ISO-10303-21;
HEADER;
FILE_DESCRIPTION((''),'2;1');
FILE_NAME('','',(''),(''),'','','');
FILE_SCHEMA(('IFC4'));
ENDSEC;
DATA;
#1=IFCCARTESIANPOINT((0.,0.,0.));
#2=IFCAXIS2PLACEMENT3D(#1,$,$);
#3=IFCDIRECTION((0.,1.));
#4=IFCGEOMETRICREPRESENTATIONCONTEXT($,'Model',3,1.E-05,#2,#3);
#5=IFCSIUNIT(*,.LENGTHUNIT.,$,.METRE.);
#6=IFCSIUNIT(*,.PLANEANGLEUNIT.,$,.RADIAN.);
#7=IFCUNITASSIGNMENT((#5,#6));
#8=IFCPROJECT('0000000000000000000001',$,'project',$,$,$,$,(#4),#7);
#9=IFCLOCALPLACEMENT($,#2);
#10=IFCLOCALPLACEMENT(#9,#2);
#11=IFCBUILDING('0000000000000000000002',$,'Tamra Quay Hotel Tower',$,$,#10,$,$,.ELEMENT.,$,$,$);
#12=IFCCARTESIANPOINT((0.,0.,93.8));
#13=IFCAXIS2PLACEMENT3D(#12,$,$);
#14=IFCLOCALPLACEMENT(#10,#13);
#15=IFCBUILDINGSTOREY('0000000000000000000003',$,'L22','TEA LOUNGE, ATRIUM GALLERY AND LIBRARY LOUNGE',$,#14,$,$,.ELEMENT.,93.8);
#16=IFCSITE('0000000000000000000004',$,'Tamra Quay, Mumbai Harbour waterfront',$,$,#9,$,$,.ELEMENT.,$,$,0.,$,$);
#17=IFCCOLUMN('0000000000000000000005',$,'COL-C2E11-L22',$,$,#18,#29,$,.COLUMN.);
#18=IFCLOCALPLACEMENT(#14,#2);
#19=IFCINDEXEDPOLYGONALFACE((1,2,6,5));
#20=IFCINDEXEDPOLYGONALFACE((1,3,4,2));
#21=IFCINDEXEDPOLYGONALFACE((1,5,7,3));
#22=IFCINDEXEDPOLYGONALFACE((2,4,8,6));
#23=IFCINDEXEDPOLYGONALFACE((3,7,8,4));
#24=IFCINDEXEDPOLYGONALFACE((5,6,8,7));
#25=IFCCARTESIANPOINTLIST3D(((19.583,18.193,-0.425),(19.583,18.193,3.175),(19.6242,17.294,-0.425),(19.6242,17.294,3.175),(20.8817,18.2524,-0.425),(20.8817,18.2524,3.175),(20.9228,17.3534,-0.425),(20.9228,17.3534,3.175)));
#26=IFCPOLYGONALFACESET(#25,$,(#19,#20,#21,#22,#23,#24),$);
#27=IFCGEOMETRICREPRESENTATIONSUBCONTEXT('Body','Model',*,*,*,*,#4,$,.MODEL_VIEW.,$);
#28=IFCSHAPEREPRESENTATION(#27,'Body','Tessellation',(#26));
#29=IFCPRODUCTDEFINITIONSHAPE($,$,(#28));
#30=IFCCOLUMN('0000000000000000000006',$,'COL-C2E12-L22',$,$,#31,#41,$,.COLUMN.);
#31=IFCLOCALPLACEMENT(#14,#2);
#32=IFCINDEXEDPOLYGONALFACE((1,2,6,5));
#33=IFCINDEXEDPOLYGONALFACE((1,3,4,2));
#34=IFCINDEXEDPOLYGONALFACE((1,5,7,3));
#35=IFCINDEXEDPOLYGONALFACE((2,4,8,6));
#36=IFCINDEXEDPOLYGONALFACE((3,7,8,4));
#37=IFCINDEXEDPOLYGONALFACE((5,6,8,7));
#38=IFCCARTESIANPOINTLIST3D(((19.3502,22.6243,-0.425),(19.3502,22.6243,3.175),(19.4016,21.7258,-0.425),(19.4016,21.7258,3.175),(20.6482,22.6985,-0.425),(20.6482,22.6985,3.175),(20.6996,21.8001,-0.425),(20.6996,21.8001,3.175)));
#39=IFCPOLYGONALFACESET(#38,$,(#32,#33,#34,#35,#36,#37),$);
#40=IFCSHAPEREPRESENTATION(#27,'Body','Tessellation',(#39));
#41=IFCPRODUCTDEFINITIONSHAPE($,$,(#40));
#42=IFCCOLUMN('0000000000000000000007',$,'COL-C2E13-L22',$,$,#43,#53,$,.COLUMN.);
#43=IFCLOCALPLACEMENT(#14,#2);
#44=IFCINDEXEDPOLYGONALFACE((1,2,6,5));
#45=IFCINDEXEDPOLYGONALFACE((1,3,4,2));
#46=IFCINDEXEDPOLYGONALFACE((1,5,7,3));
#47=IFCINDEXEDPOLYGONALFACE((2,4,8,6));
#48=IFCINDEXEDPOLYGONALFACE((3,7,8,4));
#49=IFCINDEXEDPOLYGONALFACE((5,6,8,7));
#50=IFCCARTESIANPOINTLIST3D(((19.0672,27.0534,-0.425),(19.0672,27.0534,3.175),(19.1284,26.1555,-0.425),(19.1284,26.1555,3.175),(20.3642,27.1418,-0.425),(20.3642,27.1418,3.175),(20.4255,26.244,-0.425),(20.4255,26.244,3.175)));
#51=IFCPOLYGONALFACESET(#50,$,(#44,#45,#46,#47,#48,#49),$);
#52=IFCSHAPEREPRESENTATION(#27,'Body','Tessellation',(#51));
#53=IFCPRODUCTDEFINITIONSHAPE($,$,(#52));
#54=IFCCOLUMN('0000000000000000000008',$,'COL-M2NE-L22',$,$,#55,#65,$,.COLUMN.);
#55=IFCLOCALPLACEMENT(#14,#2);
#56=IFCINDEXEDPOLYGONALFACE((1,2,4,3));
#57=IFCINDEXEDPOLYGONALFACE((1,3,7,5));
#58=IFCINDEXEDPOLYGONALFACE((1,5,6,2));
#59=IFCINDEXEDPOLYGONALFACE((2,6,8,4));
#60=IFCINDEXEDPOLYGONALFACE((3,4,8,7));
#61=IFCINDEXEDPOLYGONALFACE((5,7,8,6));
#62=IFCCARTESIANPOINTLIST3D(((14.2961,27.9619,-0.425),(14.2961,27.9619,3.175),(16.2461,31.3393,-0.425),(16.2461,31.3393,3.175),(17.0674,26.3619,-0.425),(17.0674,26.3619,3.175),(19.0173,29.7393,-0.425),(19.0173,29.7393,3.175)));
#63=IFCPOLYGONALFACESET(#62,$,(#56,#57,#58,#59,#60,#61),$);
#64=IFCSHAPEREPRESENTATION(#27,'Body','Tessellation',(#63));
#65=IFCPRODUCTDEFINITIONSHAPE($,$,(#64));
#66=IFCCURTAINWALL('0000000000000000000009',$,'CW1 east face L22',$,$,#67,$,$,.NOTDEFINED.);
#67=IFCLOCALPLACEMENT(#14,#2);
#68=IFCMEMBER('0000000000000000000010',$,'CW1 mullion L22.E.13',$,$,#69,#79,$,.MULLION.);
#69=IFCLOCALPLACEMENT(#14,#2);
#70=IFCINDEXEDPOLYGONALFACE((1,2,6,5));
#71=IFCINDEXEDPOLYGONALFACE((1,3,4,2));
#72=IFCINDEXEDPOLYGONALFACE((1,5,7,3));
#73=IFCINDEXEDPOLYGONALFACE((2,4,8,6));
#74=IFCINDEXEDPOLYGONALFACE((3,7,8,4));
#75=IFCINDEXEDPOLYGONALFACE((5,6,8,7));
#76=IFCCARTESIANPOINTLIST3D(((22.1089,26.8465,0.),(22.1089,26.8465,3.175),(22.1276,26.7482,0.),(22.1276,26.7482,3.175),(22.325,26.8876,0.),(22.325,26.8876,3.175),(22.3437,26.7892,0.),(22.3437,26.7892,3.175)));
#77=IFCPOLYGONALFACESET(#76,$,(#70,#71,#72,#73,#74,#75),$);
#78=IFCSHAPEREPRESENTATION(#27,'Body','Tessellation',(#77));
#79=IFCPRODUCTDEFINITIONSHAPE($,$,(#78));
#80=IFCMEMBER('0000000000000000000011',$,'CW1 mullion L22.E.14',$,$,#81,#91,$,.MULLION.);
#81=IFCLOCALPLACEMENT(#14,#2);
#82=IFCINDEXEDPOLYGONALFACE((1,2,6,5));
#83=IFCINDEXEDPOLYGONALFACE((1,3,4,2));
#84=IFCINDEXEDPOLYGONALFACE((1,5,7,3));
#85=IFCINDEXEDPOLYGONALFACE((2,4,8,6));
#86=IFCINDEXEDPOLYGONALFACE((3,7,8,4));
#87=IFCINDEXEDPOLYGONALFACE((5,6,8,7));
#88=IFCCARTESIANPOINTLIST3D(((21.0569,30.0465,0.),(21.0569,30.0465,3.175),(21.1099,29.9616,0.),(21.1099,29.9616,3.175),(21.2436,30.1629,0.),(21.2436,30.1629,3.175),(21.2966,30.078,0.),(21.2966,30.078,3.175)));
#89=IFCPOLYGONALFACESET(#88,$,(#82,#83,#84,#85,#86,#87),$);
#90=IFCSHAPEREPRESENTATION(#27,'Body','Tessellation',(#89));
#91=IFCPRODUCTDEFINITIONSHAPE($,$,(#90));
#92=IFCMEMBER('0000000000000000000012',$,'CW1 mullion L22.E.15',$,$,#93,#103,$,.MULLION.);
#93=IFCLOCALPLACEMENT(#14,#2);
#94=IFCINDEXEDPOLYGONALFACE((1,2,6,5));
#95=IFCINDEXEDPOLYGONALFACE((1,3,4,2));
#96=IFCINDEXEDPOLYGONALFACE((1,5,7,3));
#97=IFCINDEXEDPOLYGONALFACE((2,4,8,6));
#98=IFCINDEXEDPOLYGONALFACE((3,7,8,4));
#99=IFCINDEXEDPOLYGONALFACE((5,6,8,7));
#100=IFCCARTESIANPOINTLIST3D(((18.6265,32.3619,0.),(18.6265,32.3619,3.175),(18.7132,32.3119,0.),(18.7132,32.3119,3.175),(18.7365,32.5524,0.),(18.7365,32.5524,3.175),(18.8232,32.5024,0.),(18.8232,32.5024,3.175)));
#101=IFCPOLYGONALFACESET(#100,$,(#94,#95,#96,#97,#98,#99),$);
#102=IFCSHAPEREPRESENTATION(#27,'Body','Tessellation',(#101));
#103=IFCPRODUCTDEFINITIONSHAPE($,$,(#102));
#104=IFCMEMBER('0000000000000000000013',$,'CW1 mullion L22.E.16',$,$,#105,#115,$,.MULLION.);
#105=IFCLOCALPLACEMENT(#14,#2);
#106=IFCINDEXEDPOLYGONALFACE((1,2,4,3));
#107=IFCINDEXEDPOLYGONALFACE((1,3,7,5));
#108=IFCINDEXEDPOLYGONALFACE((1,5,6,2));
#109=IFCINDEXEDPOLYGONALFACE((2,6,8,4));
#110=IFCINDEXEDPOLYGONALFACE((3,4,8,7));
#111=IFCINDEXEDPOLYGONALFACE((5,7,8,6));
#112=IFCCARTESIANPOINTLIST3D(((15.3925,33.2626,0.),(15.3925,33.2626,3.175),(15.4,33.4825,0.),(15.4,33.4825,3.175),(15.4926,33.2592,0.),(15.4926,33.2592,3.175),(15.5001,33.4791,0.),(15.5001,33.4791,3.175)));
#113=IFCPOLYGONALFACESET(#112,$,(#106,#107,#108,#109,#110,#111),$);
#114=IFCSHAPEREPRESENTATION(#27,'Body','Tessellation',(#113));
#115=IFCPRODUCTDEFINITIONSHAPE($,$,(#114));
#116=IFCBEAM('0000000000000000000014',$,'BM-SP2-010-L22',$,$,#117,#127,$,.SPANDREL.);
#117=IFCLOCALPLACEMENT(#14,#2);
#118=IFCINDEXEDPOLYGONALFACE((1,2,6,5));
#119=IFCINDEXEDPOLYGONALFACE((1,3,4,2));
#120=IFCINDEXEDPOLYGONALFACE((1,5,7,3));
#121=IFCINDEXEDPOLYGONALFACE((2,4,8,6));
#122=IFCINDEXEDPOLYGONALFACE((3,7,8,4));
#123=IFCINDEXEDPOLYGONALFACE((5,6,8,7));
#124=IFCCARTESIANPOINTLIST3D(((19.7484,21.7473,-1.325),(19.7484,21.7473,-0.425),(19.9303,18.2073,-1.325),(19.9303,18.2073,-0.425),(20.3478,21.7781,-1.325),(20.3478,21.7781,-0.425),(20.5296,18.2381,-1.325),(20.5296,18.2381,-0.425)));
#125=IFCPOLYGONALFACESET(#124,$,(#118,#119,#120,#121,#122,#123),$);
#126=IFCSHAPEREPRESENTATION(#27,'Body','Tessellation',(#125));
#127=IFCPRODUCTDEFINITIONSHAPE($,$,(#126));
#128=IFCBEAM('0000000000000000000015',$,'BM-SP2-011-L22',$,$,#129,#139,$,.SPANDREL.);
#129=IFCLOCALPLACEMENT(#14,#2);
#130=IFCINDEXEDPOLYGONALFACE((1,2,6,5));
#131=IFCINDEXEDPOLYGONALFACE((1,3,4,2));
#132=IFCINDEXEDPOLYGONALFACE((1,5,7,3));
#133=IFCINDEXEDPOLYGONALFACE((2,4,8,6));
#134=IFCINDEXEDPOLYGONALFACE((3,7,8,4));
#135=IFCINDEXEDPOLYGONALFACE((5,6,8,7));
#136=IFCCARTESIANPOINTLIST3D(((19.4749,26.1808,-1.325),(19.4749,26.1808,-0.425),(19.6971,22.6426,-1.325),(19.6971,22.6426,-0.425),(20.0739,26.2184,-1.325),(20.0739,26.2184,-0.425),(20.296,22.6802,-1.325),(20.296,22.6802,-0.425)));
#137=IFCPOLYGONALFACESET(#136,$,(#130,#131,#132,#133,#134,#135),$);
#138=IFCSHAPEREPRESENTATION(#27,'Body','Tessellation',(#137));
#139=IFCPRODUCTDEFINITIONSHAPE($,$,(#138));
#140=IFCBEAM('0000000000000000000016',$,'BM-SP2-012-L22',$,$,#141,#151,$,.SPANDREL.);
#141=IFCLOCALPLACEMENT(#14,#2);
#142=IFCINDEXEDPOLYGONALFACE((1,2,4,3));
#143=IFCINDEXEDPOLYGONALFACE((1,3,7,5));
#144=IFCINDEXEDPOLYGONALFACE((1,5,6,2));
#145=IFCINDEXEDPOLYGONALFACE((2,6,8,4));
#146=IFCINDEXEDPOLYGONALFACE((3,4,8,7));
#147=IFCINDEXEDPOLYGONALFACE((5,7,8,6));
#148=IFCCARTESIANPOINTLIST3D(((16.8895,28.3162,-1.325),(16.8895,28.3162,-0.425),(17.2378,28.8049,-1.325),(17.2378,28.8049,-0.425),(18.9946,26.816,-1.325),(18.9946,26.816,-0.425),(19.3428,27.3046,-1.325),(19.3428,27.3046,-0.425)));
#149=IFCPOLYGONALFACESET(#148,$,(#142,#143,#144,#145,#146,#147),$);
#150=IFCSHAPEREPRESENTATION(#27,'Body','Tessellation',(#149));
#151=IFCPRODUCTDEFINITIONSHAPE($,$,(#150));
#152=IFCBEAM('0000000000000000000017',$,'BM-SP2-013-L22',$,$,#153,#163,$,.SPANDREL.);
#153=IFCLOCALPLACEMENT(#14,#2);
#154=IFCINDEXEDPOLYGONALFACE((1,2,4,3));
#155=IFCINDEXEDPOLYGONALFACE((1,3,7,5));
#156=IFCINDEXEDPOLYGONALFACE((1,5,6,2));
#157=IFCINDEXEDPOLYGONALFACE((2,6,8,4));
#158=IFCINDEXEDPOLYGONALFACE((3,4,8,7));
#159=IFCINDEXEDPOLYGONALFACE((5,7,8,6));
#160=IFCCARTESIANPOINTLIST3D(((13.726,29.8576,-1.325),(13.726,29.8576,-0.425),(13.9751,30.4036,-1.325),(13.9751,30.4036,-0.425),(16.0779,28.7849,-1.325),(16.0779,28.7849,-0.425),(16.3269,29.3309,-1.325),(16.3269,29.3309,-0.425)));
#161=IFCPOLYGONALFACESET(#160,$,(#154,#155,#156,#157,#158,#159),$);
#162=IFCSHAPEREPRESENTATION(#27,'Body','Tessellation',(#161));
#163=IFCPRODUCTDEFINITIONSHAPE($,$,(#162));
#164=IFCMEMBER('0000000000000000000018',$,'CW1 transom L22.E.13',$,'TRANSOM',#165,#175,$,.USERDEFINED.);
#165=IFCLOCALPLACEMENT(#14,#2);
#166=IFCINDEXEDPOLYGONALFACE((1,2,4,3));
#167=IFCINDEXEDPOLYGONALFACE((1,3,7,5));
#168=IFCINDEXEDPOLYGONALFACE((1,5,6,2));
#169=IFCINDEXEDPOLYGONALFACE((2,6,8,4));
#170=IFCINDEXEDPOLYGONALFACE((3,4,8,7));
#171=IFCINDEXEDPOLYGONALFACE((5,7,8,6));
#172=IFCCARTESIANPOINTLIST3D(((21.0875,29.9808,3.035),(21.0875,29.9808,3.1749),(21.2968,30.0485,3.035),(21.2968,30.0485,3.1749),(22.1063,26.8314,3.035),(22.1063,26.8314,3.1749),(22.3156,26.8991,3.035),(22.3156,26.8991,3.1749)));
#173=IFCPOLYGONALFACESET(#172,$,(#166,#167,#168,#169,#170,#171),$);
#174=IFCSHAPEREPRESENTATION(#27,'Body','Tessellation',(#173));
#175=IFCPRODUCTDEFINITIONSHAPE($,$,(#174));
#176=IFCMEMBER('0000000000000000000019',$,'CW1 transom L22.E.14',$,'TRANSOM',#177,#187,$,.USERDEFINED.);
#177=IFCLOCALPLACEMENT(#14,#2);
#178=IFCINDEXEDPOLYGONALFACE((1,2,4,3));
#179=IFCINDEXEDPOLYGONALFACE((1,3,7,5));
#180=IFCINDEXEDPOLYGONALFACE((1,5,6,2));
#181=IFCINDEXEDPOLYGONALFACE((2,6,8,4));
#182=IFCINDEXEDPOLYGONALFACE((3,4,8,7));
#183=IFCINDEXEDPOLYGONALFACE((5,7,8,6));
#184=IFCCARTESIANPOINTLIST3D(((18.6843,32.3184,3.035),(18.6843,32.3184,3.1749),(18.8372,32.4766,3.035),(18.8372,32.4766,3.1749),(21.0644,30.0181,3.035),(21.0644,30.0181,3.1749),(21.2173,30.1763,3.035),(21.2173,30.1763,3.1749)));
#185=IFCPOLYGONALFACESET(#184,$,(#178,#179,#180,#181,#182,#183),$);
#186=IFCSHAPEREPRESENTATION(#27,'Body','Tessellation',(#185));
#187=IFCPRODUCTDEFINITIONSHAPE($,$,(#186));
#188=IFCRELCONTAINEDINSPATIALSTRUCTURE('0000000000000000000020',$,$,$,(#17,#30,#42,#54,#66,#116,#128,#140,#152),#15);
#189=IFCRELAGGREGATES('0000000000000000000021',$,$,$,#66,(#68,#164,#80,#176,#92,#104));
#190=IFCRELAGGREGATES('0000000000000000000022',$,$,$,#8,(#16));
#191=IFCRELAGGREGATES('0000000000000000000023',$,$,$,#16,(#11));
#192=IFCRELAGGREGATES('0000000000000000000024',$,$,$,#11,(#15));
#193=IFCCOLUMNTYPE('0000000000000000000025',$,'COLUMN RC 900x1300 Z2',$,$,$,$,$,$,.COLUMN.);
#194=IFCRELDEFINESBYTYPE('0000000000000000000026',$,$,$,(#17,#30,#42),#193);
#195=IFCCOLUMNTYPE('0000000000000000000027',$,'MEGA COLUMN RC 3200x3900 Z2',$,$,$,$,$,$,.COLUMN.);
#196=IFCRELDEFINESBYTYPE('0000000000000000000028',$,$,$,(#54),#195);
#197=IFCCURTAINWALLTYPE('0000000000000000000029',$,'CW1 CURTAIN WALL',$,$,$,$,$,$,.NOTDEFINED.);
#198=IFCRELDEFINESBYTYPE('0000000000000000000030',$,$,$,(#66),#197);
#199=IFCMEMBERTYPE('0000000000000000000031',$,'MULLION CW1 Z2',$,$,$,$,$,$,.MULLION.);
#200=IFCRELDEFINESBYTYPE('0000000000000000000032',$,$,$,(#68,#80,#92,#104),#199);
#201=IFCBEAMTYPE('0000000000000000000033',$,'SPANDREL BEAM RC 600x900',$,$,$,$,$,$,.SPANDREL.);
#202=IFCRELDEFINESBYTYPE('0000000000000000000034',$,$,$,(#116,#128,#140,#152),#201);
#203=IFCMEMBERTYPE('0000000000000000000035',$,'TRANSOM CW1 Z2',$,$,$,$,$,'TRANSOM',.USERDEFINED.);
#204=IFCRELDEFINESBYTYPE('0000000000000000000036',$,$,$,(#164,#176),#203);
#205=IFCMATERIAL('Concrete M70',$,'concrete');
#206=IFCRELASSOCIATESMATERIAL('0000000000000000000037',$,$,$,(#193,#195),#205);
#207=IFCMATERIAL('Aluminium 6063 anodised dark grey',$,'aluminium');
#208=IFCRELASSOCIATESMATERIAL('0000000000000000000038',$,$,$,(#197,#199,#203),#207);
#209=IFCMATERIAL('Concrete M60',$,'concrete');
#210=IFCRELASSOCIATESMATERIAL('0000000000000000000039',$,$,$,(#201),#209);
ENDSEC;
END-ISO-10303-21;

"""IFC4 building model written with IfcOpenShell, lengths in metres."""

from ifc_helpers import new_model, si_unit, direction, frame, origin, origin_2d, place, context, subcontext, project, spatial, rectangle, extrude, material, material_profile, profile_set, type_object, element, aggregate, save


model = new_model("IFC4")

# Units and contexts
model_context = context("Model", 3, precision=1e-05, world=origin(), true_north=direction((0.0, 1.0)))
body_context = subcontext(model_context, "Body", "Model", "MODEL_VIEW")
ifc_project = project(units=[si_unit("LENGTHUNIT", "METRE"), si_unit("PLANEANGLEUNIT", "RADIAN")], contexts=[model_context])

# Site, building, storey
site_placement = place(None, origin())
site = spatial("IfcSite", under=ifc_project, at=site_placement, Name="Tamra Quay, Mumbai Harbour waterfront", CompositionType="ELEMENT", RefElevation=0.0)
building_placement = place(site_placement, origin())
building = spatial("IfcBuilding", under=site, at=building_placement, Name="Tamra Quay Hotel Tower", CompositionType="ELEMENT")
storey_placement = place(building_placement, frame((0.0, 0.0, 93.8)))
storey = spatial("IfcBuildingStorey", under=building, at=storey_placement, Name="L22", Description="TEA LOUNGE, ATRIUM GALLERY AND LIBRARY LOUNGE", CompositionType="ELEMENT", Elevation=93.8)

# Columns
ifc_material_1 = material(Name="Concrete M70", Category="concrete")
ifc_material_profile_1 = material_profile(ifc_material_1, rectangle(XDim=1.3, YDim=0.8999, at=origin_2d()), Name="COLUMN RC 900x1300 Z2")
ifc_profile_set_1 = profile_set([ifc_material_profile_1], Name="Concrete M70")
column_type_1 = type_object("IfcColumnType", Name="COLUMN RC 900x1300 Z2", PredefinedType="COLUMN", material=ifc_profile_set_1)
for number, where, z_axis, x_axis, name in (
    (1, (20.2529, 17.7732, -0.425), (0.0, 0.0, 1.0), (0.998955, 0.045712, 0.0), "COL-C2E11-L22"),
    (2, (20.0249, 22.2122, -0.425), (0.0, 0.0, 1.0), (0.998368, 0.057108, 0.0), "COL-C2E12-L22"),
    (3, (19.7463, 26.6487, -0.425), (0.0, 0.0, 1.0), (0.997682, 0.068041, 0.0), "COL-C2E13-L22"),
):
    element("IfcColumn", number, at=place(storey_placement, frame(where, z_axis=z_axis, x_axis=x_axis)), inside=storey, type_object=column_type_1, Name=name, PredefinedType="COLUMN", context=body_context, shape_type="SweptSolid", body=[
        extrude(rectangle(XDim=1.3, YDim=0.8999, at=origin_2d()), origin(), (0.0, 0.0, 1.0), 3.6001),
    ])
ifc_material_profile_2 = material_profile(ifc_material_1, rectangle(XDim=3.8999, YDim=3.2, at=origin_2d()), Name="MEGA COLUMN RC 3200x3900 Z2")
ifc_profile_set_2 = profile_set([ifc_material_profile_2], Name="Concrete M70")
column_type_2 = type_object("IfcColumnType", Name="MEGA COLUMN RC 3200x3900 Z2", PredefinedType="COLUMN", material=ifc_profile_set_2)
column_placement = place(storey_placement, frame((16.6567, 28.8506, -0.425), z_axis=(0.0, 0.0, 1.0), x_axis=(0.5, 0.866025, 0.0)))
element("IfcColumn", 4, at=column_placement, inside=storey, type_object=column_type_2, Name="COL-M2NE-L22", PredefinedType="COLUMN", context=body_context, shape_type="SweptSolid", body=[
    extrude(rectangle(XDim=3.8999, YDim=3.2, at=origin_2d()), origin(), (0.0, 0.0, 1.0), 3.6001),
])

# Curtain wall, members
ifc_material_2 = material(Name="Aluminium 6063 anodised dark grey", Category="aluminium")
curtain_wall_type = type_object("IfcCurtainWallType", Name="CW1 CURTAIN WALL", PredefinedType="NOTDEFINED", material=ifc_material_2)
curtain_wall_placement = place(storey_placement, origin())
curtain_wall = element("IfcCurtainWall", 5, at=curtain_wall_placement, inside=storey, type_object=curtain_wall_type, Name="CW1 east face L22", PredefinedType="NOTDEFINED")
ifc_material_profile_3 = material_profile(ifc_material_2, rectangle(XDim=0.22, YDim=0.1001, at=origin_2d()), Name="MULLION 100X220")
ifc_profile_set_3 = profile_set([ifc_material_profile_3], Name="Aluminium 6063 anodised dark grey")
member_type_1 = type_object("IfcMemberType", Name="MULLION CW1 Z2", PredefinedType="MULLION", material=ifc_profile_set_3)
member_1_placement = place(storey_placement, frame((22.2263, 26.8179, 0.0), z_axis=(0.0, 0.0, 1.0), x_axis=(0.982419, 0.186689, 0.0)))
member_1 = element("IfcMember", 6, at=member_1_placement, type_object=member_type_1, Name="CW1 mullion L22.E.13", PredefinedType="MULLION", context=body_context, shape_type="SweptSolid", body=[
    extrude(rectangle(XDim=0.22, YDim=0.1001, at=origin_2d()), origin(), (0.0, 0.0, 1.0), 3.175),
])
member_2_placement = place(storey_placement, frame((21.1768, 30.0623, 0.0), z_axis=(0.0, 0.0, 1.0), x_axis=(0.848503, 0.52919, 0.0)))
member_2 = element("IfcMember", 7, at=member_2_placement, type_object=member_type_1, Name="CW1 mullion L22.E.14", PredefinedType="MULLION", context=body_context, shape_type="SweptSolid", body=[
    extrude(rectangle(XDim=0.22, YDim=0.1001, at=origin_2d()), origin(), (0.0, 0.0, 1.0), 3.175),
])
member_3_placement = place(storey_placement, frame((18.7249, 32.4321, 0.0), z_axis=(0.0, 0.0, 1.0), x_axis=(0.5, 0.866025, 0.0)))
member_3 = element("IfcMember", 8, at=member_3_placement, type_object=member_type_1, Name="CW1 mullion L22.E.15", PredefinedType="MULLION", context=body_context, shape_type="SweptSolid", body=[
    extrude(rectangle(XDim=0.22, YDim=0.1001, at=origin_2d()), origin(), (0.0, 0.0, 1.0), 3.175),
])
member_4_placement = place(storey_placement, frame((15.4463, 33.3708, 0.0), z_axis=(0.0, 0.0, 1.0), x_axis=(0.034041, 0.99942, 0.0)))
member_4 = element("IfcMember", 9, at=member_4_placement, type_object=member_type_1, Name="CW1 mullion L22.E.16", PredefinedType="MULLION", context=body_context, shape_type="SweptSolid", body=[
    extrude(rectangle(XDim=0.22, YDim=0.1001, at=origin_2d()), origin(), (0.0, 0.0, 1.0), 3.175),
])

# Beams
ifc_material_3 = material(Name="Concrete M60", Category="concrete")
ifc_material_profile_4 = material_profile(ifc_material_3, rectangle(XDim=0.6001, YDim=0.8999, at=origin_2d()), Name="SPANDREL BEAM RC 600x900")
ifc_profile_set_4 = profile_set([ifc_material_profile_4], Name="Concrete M60")
beam_type = type_object("IfcBeamType", Name="SPANDREL BEAM RC 600x900", PredefinedType="SPANDREL", material=ifc_profile_set_4)
beam_1_placement = place(storey_placement, frame((20.23, 18.2227, -0.875), z_axis=(-0.051312, 0.998683, 0.0), x_axis=(-0.998683, -0.051312, 0.0)))
element("IfcBeam", 10, at=beam_1_placement, inside=storey, type_object=beam_type, Name="BM-SP2-010-L22", PredefinedType="SPANDREL", context=body_context, shape_type="SweptSolid", body=[
    extrude(rectangle(XDim=0.6001, YDim=0.8999, at=origin_2d()), origin(), (0.0, 0.0, 1.0), 3.5447),
])
beam_2_placement = place(storey_placement, frame((19.9966, 22.6614, -0.875), z_axis=(-0.06267, 0.998034, 0.0), x_axis=(-0.998034, -0.06267, 0.0)))
element("IfcBeam", 11, at=beam_2_placement, inside=storey, type_object=beam_type, Name="BM-SP2-011-L22", PredefinedType="SPANDREL", context=body_context, shape_type="SweptSolid", body=[
    extrude(rectangle(XDim=0.6001, YDim=0.8999, at=origin_2d()), origin(), (0.0, 0.0, 1.0), 3.5452),
])
for number, where, z_axis, x_axis, name in (
    (12, (19.1687, 27.0603, -0.875), (-0.814339, 0.580389, 0.0), (-0.580389, -0.814339, 0.0), "BM-SP2-012-L22"),
    (13, (16.2024, 29.0579, -0.875), (-0.909819, 0.415005, 0.0), (-0.415005, -0.909819, 0.0), "BM-SP2-013-L22"),
):
    element("IfcBeam", number, at=place(storey_placement, frame(where, z_axis=z_axis, x_axis=x_axis)), inside=storey, type_object=beam_type, Name=name, PredefinedType="SPANDREL", context=body_context, shape_type="SweptSolid", body=[
        extrude(rectangle(XDim=0.6001, YDim=0.8999, at=origin_2d()), origin(), (0.0, 0.0, 1.0), 2.585),
    ])

# Members
ifc_material_profile_5 = material_profile(ifc_material_2, rectangle(XDim=0.22, YDim=0.1399, at=origin_2d()), Name="TRANSOM 220X140")
ifc_profile_set_5 = profile_set([ifc_material_profile_5], Name="Aluminium 6063 anodised dark grey")
member_type_2 = type_object("IfcMemberType", Name="TRANSOM CW1 Z2", ElementType="TRANSOM", PredefinedType="USERDEFINED", material=ifc_profile_set_5)
member_5_placement = place(storey_placement, frame((22.2109, 26.8652, 3.105), z_axis=(-0.307785, 0.951456, 0.0), x_axis=(-0.951456, -0.307785, 0.0)))
member_5 = element("IfcMember", 14, at=member_5_placement, type_object=member_type_2, Name="CW1 transom L22.E.13", ObjectType="TRANSOM", PredefinedType="USERDEFINED", context=body_context, shape_type="SweptSolid", body=[
    extrude(rectangle(XDim=0.22, YDim=0.1399, at=origin_2d()), origin(), (0.0, 0.0, 1.0), 3.3101),
])
member_6_placement = place(storey_placement, frame((21.1409, 30.0972, 3.105), z_axis=(-0.719063, 0.694945, 0.0), x_axis=(-0.694945, -0.719063, 0.0)))
member_6 = element("IfcMember", 15, at=member_6_placement, type_object=member_type_2, Name="CW1 transom L22.E.14", ObjectType="TRANSOM", PredefinedType="USERDEFINED", context=body_context, shape_type="SweptSolid", body=[
    extrude(rectangle(XDim=0.22, YDim=0.1399, at=origin_2d()), origin(), (0.0, 0.0, 1.0), 3.3101),
])

aggregate(curtain_wall, [member_1, member_5, member_2, member_6, member_3, member_4])

save(model, "model.ifc")
